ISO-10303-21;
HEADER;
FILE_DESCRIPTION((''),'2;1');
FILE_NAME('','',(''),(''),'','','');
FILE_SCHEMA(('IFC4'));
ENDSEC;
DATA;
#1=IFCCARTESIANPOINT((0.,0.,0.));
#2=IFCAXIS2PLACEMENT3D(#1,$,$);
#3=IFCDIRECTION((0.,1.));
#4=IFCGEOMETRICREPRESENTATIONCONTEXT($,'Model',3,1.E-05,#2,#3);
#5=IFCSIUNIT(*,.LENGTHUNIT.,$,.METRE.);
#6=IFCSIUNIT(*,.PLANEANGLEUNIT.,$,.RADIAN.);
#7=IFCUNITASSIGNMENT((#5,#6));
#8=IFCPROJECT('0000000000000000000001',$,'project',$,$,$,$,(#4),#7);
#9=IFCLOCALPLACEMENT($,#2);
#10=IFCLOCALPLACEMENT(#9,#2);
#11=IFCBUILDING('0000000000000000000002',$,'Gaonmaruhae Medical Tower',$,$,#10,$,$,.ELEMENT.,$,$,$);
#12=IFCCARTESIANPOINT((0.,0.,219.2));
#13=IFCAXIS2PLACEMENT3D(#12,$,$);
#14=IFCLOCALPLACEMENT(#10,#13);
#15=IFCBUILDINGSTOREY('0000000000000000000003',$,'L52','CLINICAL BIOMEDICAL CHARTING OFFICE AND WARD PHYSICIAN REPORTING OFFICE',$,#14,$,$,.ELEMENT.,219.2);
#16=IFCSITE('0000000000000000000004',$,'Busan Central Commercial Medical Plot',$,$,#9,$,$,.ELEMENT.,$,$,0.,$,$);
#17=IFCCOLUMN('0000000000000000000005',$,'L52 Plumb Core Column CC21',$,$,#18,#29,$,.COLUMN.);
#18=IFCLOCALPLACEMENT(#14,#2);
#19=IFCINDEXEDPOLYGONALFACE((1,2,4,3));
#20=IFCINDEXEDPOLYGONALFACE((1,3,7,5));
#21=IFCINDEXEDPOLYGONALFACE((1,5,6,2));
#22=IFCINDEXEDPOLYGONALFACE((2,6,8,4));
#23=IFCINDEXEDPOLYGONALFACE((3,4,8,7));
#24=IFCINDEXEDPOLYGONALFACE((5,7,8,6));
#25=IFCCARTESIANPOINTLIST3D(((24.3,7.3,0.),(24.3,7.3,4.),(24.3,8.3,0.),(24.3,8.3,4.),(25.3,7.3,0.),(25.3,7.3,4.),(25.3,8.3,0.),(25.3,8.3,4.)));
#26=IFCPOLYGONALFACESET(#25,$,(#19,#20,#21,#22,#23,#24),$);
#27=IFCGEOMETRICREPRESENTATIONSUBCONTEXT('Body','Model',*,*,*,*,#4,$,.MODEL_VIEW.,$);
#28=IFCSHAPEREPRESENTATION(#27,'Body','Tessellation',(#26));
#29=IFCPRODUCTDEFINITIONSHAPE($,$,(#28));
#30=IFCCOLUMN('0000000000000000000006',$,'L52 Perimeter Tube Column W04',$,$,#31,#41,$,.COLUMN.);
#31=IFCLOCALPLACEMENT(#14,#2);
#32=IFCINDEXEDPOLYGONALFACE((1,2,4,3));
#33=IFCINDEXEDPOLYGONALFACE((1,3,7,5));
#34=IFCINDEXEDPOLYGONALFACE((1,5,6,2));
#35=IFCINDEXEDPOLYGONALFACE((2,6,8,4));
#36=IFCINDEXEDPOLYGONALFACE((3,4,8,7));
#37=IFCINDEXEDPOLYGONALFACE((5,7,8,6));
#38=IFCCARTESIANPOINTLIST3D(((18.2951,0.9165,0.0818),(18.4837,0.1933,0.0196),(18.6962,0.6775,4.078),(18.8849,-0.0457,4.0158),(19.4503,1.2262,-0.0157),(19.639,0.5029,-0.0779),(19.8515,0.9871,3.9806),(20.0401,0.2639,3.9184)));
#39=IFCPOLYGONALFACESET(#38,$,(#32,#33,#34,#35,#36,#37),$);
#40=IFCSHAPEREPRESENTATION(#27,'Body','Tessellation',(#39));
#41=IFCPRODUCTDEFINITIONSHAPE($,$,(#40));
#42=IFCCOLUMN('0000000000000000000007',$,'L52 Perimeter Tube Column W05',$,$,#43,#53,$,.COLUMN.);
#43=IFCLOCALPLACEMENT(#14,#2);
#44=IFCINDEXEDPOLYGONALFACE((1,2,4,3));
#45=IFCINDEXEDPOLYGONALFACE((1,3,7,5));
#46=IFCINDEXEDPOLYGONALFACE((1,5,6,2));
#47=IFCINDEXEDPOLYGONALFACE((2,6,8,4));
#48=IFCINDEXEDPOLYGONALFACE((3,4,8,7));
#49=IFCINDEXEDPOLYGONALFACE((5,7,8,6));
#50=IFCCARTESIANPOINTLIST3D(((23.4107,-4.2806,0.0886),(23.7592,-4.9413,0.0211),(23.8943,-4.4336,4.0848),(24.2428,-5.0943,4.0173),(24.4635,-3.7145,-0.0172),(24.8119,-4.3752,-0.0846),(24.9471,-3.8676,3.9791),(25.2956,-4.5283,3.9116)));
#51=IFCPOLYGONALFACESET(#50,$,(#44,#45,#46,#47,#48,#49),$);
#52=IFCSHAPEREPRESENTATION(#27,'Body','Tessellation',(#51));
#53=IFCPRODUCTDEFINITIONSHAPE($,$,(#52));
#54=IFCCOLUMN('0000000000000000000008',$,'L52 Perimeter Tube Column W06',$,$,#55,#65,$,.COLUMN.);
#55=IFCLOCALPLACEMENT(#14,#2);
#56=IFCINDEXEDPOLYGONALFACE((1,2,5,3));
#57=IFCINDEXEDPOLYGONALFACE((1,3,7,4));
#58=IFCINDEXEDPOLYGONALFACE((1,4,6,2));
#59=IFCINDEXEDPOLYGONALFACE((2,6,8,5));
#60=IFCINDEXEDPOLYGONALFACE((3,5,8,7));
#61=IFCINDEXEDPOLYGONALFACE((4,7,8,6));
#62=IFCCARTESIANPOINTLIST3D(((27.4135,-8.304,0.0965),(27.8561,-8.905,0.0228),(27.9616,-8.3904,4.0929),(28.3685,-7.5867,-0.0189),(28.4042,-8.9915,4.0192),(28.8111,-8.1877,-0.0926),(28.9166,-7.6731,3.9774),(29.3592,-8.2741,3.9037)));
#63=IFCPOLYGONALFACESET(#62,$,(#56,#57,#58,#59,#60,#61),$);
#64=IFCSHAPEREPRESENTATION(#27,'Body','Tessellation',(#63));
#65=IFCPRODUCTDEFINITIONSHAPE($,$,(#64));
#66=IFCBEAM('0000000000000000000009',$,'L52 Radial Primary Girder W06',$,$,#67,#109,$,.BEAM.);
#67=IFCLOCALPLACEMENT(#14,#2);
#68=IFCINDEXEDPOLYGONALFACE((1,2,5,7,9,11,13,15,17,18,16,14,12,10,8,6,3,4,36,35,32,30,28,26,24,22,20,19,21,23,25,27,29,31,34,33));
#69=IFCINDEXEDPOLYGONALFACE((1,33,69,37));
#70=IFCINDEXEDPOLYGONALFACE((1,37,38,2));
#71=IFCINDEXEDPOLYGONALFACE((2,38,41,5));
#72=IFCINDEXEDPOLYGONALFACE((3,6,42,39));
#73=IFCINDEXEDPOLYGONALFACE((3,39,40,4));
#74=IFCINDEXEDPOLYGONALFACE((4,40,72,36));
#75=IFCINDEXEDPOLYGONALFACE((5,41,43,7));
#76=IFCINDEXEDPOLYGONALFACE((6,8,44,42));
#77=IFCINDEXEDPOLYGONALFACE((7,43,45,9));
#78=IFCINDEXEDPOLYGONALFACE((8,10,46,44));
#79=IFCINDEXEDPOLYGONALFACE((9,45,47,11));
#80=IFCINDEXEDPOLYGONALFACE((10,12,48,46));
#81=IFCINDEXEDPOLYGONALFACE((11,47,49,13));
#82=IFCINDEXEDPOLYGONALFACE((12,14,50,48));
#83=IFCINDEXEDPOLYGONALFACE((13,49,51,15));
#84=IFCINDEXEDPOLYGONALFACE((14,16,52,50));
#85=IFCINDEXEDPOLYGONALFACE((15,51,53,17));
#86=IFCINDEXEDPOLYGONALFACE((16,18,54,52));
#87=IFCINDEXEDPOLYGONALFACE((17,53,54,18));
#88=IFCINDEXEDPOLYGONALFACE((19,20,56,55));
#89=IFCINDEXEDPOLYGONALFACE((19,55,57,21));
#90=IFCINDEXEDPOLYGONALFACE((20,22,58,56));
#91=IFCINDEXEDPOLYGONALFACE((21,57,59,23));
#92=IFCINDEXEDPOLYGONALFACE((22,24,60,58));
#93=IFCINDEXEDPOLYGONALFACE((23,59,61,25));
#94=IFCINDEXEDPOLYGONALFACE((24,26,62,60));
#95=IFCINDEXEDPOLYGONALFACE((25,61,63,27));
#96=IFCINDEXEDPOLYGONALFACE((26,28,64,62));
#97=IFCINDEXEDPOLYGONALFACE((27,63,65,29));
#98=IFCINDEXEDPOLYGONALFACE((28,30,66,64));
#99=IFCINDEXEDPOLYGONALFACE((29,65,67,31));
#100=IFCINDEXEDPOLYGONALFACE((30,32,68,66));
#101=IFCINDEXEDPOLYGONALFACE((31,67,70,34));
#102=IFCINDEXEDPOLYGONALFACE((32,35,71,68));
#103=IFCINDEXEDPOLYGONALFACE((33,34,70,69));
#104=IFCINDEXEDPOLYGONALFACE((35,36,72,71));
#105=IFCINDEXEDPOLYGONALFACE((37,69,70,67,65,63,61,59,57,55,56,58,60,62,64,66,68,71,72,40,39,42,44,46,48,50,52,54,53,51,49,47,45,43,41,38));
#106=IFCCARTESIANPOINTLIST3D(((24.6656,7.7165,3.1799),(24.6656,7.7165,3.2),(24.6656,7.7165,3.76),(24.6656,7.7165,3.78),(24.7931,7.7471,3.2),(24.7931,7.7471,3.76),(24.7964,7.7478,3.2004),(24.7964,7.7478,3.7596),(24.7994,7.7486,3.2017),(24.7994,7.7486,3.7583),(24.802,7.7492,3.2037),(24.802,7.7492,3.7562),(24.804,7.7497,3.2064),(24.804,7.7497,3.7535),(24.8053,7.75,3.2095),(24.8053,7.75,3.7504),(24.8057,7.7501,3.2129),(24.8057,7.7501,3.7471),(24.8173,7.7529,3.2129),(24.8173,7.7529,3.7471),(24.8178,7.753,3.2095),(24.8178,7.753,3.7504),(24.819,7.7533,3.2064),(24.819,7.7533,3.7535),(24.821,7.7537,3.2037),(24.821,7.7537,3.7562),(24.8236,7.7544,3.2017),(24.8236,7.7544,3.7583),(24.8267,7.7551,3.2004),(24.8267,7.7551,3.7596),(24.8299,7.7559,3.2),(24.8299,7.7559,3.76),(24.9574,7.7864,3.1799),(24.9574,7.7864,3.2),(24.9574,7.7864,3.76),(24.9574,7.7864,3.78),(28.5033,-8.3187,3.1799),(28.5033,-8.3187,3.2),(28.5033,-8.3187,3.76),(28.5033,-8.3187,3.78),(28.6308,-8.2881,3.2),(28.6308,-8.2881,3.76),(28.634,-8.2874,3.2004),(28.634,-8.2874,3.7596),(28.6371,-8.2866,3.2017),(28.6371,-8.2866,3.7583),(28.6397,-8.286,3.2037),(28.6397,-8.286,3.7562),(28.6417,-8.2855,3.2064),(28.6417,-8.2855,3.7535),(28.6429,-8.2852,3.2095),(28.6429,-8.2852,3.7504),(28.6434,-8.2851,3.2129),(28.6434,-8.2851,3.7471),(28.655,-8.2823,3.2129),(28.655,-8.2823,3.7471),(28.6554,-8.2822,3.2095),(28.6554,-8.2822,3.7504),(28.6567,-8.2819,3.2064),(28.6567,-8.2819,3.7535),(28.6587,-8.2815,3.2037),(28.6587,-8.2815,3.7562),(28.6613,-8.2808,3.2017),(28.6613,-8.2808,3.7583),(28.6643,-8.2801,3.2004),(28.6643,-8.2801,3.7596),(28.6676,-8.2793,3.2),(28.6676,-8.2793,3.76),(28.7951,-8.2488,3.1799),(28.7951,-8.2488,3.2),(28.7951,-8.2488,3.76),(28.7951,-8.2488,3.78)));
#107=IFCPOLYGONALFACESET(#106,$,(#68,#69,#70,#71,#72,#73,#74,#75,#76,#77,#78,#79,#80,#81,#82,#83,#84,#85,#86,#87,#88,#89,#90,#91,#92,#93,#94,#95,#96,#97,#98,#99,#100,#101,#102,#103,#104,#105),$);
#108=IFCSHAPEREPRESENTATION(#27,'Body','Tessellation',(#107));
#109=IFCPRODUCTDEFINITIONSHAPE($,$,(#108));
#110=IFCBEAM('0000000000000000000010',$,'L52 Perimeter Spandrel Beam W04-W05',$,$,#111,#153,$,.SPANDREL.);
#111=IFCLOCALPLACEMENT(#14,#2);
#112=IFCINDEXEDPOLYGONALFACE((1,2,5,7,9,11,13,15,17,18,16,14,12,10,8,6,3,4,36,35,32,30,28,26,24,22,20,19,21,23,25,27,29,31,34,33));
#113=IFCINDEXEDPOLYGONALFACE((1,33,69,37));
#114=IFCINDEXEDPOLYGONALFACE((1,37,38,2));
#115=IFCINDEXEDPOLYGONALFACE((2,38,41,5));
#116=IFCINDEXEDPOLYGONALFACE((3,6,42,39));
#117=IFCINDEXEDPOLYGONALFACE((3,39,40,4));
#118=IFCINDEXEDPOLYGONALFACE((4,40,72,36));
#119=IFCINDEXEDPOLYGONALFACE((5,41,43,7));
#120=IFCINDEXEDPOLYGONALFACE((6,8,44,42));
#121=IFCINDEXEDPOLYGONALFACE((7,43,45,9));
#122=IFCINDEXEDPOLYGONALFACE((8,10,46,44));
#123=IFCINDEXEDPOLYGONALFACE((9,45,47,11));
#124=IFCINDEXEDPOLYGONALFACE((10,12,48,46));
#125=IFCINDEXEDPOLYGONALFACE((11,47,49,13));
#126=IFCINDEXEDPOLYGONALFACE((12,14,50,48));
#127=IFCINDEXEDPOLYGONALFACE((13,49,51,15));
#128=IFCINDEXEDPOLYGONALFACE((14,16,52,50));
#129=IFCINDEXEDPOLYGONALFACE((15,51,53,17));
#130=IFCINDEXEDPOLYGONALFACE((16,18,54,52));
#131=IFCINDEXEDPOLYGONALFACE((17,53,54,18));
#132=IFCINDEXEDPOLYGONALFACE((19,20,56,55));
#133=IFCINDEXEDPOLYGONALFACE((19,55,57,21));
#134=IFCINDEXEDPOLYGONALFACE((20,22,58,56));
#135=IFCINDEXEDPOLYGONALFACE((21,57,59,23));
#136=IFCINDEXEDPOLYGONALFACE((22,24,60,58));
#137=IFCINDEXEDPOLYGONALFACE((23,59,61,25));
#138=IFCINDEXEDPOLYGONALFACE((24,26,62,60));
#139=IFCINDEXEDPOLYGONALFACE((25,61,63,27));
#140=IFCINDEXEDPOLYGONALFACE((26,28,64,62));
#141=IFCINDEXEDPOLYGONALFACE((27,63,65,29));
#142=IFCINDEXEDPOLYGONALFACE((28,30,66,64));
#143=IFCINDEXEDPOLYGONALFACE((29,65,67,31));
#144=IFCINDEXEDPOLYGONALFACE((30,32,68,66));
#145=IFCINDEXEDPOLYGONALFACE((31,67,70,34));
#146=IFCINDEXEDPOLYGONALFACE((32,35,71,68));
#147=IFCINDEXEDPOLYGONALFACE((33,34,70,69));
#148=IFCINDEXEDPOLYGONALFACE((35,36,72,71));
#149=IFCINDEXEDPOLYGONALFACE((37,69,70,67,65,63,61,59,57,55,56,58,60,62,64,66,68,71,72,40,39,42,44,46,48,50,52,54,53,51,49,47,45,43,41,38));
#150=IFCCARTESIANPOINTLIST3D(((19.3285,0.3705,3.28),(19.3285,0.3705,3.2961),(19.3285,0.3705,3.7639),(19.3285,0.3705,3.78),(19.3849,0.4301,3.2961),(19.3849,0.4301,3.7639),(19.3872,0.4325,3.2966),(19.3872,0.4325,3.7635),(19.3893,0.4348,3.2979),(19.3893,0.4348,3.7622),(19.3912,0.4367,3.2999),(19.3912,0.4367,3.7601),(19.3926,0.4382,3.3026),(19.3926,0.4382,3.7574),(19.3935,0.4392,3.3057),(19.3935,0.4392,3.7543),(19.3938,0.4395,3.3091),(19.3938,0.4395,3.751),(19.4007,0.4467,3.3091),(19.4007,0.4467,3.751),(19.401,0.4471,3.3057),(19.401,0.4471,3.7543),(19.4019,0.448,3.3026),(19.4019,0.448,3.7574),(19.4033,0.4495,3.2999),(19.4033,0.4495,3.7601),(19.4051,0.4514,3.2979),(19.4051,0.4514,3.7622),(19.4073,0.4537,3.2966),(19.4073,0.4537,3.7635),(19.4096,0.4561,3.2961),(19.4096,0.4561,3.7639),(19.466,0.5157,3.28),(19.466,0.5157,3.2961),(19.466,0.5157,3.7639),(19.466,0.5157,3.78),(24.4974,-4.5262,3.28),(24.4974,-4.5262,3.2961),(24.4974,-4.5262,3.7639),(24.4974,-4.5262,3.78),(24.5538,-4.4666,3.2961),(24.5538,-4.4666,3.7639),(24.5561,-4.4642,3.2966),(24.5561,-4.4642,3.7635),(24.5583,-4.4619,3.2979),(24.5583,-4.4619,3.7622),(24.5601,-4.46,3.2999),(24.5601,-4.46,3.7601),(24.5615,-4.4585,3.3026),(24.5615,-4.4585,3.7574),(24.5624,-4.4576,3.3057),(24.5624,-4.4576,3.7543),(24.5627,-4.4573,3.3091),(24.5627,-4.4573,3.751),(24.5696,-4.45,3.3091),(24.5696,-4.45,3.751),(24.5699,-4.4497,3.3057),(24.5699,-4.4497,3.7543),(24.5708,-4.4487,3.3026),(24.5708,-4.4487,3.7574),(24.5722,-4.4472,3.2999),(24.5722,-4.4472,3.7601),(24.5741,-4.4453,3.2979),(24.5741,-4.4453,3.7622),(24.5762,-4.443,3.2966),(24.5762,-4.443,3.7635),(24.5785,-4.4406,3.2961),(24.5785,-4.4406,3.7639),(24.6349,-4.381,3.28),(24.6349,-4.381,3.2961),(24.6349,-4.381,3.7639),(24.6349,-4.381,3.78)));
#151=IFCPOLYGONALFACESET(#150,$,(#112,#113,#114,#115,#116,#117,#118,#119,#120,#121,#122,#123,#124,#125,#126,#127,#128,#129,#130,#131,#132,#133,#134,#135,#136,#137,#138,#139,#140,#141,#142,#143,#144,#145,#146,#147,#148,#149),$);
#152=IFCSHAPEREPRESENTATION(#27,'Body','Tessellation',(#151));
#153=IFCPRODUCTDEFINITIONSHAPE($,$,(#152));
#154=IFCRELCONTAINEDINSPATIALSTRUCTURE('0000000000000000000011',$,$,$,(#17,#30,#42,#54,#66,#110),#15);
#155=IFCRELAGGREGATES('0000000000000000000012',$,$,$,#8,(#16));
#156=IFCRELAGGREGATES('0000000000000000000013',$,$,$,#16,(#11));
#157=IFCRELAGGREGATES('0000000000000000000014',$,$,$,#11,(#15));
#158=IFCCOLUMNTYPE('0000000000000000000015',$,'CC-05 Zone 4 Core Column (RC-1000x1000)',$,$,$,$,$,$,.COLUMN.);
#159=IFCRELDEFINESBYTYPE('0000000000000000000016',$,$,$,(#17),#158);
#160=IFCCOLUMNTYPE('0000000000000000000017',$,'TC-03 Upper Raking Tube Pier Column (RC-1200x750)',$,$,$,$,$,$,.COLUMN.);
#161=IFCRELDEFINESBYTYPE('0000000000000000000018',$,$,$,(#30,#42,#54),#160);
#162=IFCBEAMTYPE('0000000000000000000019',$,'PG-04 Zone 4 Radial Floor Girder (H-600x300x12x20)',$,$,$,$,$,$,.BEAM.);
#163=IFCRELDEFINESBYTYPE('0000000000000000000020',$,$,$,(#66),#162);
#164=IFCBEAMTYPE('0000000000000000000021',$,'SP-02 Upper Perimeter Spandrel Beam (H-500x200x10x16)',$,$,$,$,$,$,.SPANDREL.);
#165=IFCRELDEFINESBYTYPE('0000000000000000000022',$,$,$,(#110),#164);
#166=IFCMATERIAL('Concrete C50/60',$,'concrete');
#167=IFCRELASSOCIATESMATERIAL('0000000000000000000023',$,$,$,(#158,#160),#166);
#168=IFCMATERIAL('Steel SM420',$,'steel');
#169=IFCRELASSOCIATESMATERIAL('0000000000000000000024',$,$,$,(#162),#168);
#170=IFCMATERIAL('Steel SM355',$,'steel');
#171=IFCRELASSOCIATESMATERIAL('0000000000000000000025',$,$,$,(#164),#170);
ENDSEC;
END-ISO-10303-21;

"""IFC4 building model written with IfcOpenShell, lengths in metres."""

from ifc_helpers import new_model, si_unit, direction, frame, origin, origin_2d, place, context, subcontext, project, spatial, rectangle, i_section, extrude, material, material_profile, profile_set, type_object, element, save


model = new_model("IFC4")

# Units and contexts
model_context = context("Model", 3, precision=1e-05, world=origin(), true_north=direction((0.0, 1.0)))
body_context = subcontext(model_context, "Body", "Model", "MODEL_VIEW")
ifc_project = project(units=[si_unit("LENGTHUNIT", "METRE"), si_unit("PLANEANGLEUNIT", "RADIAN")], contexts=[model_context])

# Site, building, storey
site_placement = place(None, origin())
site = spatial("IfcSite", under=ifc_project, at=site_placement, Name="Busan Central Commercial Medical Plot", CompositionType="ELEMENT", RefElevation=0.0)
building_placement = place(site_placement, origin())
building = spatial("IfcBuilding", under=site, at=building_placement, Name="Gaonmaruhae Medical Tower", CompositionType="ELEMENT")
storey_placement = place(building_placement, frame((0.0, 0.0, 219.2)))
storey = spatial("IfcBuildingStorey", under=building, at=storey_placement, Name="L52", Description="CLINICAL BIOMEDICAL CHARTING OFFICE AND WARD PHYSICIAN REPORTING OFFICE", CompositionType="ELEMENT", Elevation=219.2)

# Columns
ifc_material_1 = material(Name="Concrete C50/60", Category="concrete")
ifc_material_profile_1 = material_profile(ifc_material_1, rectangle(XDim=1.0, YDim=1.0, at=origin_2d()), Name="RC-1000x1000")
ifc_profile_set_1 = profile_set([ifc_material_profile_1], Name="Concrete C50/60")
column_type_1 = type_object("IfcColumnType", Name="CC-05 Zone 4 Core Column (RC-1000x1000)", PredefinedType="COLUMN", material=ifc_profile_set_1)
column_1_placement = place(storey_placement, frame((24.8, 7.8, 0.0), z_axis=(0.0, 0.0, 1.0), x_axis=(1.0, 0.0, 0.0)))
element("IfcColumn", 1, at=column_1_placement, inside=storey, type_object=column_type_1, Name="L52 Plumb Core Column CC21", PredefinedType="COLUMN", context=body_context, shape_type="SweptSolid", body=[
    extrude(rectangle(XDim=1.0, YDim=1.0, at=origin_2d()), origin(), (0.0, 0.0, 1.0), 4.0),
])
ifc_material_profile_2 = material_profile(ifc_material_1, rectangle(XDim=1.2, YDim=0.75, at=origin_2d()), Name="RC-1200x750")
ifc_profile_set_2 = profile_set([ifc_material_profile_2], Name="Concrete C50/60")
column_type_2 = type_object("IfcColumnType", Name="TC-03 Upper Raking Tube Pier Column (RC-1200x750)", PredefinedType="COLUMN", material=ifc_profile_set_2)
column_2_placement = place(storey_placement, frame((18.967, 0.7097, 0.002), z_axis=(0.099694, -0.059404, 0.993243), x_axis=(-0.962714, -0.25805, 0.081197)))
element("IfcColumn", 2, at=column_2_placement, inside=storey, type_object=column_type_2, Name="L52 Perimeter Tube Column W04", PredefinedType="COLUMN", context=body_context, shape_type="SweptSolid", body=[
    extrude(rectangle(XDim=1.2, YDim=0.75, at=origin_2d()), origin(), (0.0, 0.0, 1.0), 4.0234),
])
column_3_placement = place(storey_placement, frame((24.1113, -4.3279, 0.002), z_axis=(0.120058, -0.037999, 0.992039), x_axis=(-0.877334, -0.471723, 0.088107)))
element("IfcColumn", 3, at=column_3_placement, inside=storey, type_object=column_type_2, Name="L52 Perimeter Tube Column W05", PredefinedType="COLUMN", context=body_context, shape_type="SweptSolid", body=[
    extrude(rectangle(XDim=1.2, YDim=0.75, at=origin_2d()), origin(), (0.0, 0.0, 1.0), 4.0283),
])
column_4_placement = place(storey_placement, frame((28.1123, -8.2458, 0.002), z_axis=(0.135846, -0.021421, 0.990498), x_axis=(-0.795843, -0.597809, 0.096221)))
element("IfcColumn", 4, at=column_4_placement, inside=storey, type_object=column_type_2, Name="L52 Perimeter Tube Column W06", PredefinedType="COLUMN", context=body_context, shape_type="SweptSolid", body=[
    extrude(rectangle(XDim=1.2, YDim=0.75, at=origin_2d()), origin(), (0.0, 0.0, 1.0), 4.0347),
])

# Beams
ifc_material_2 = material(Name="Steel SM420", Category="steel")
ifc_material_profile_3 = material_profile(ifc_material_2, i_section(OverallWidth=0.3, OverallDepth=0.6001, WebThickness=0.012, FlangeThickness=0.02, FilletRadius=0.0129, at=origin_2d()), Name="H-600x300x12x20")
ifc_profile_set_3 = profile_set([ifc_material_profile_3], Name="Steel SM420")
beam_type_1 = type_object("IfcBeamType", Name="PG-04 Zone 4 Radial Floor Girder (H-600x300x12x20)", PredefinedType="BEAM", material=ifc_profile_set_3)
beam_1_placement = place(storey_placement, frame((24.8115, 7.7515, 3.48), z_axis=(0.232754, -0.972536, 0.0), x_axis=(0.972536, 0.232754, 0.0)))
element("IfcBeam", 5, at=beam_1_placement, inside=storey, type_object=beam_type_1, Name="L52 Radial Primary Girder W06", PredefinedType="BEAM", context=body_context, shape_type="SweptSolid", body=[
    extrude(i_section(OverallWidth=0.3, OverallDepth=0.6001, WebThickness=0.012, FlangeThickness=0.02, FilletRadius=0.0129, at=origin_2d()), origin(), (0.0, 0.0, 1.0), 16.488),
])
ifc_material_3 = material(Name="Steel SM355", Category="steel")
ifc_material_profile_4 = material_profile(ifc_material_3, i_section(OverallWidth=0.2, OverallDepth=0.5, WebThickness=0.01, FlangeThickness=0.0161, FilletRadius=0.0129, at=origin_2d()), Name="H-500x200x10x16")
ifc_profile_set_4 = profile_set([ifc_material_profile_4], Name="Steel SM355")
beam_type_2 = type_object("IfcBeamType", Name="SP-02 Upper Perimeter Spandrel Beam (H-500x200x10x16)", PredefinedType="SPANDREL", material=ifc_profile_set_4)
beam_2_placement = place(storey_placement, frame((19.3972, 0.4431, 3.53), z_axis=(0.725964, -0.687732, 0.0), x_axis=(0.687732, 0.725964, 0.0)))
element("IfcBeam", 6, at=beam_2_placement, inside=storey, type_object=beam_type_2, Name="L52 Perimeter Spandrel Beam W04-W05", PredefinedType="SPANDREL", context=body_context, shape_type="SweptSolid", body=[
    extrude(i_section(OverallWidth=0.2, OverallDepth=0.5, WebThickness=0.01, FlangeThickness=0.0161, FilletRadius=0.0129, at=origin_2d()), origin(), (0.0, 0.0, 1.0), 7.1201),
])

save(model, "model.ifc")
